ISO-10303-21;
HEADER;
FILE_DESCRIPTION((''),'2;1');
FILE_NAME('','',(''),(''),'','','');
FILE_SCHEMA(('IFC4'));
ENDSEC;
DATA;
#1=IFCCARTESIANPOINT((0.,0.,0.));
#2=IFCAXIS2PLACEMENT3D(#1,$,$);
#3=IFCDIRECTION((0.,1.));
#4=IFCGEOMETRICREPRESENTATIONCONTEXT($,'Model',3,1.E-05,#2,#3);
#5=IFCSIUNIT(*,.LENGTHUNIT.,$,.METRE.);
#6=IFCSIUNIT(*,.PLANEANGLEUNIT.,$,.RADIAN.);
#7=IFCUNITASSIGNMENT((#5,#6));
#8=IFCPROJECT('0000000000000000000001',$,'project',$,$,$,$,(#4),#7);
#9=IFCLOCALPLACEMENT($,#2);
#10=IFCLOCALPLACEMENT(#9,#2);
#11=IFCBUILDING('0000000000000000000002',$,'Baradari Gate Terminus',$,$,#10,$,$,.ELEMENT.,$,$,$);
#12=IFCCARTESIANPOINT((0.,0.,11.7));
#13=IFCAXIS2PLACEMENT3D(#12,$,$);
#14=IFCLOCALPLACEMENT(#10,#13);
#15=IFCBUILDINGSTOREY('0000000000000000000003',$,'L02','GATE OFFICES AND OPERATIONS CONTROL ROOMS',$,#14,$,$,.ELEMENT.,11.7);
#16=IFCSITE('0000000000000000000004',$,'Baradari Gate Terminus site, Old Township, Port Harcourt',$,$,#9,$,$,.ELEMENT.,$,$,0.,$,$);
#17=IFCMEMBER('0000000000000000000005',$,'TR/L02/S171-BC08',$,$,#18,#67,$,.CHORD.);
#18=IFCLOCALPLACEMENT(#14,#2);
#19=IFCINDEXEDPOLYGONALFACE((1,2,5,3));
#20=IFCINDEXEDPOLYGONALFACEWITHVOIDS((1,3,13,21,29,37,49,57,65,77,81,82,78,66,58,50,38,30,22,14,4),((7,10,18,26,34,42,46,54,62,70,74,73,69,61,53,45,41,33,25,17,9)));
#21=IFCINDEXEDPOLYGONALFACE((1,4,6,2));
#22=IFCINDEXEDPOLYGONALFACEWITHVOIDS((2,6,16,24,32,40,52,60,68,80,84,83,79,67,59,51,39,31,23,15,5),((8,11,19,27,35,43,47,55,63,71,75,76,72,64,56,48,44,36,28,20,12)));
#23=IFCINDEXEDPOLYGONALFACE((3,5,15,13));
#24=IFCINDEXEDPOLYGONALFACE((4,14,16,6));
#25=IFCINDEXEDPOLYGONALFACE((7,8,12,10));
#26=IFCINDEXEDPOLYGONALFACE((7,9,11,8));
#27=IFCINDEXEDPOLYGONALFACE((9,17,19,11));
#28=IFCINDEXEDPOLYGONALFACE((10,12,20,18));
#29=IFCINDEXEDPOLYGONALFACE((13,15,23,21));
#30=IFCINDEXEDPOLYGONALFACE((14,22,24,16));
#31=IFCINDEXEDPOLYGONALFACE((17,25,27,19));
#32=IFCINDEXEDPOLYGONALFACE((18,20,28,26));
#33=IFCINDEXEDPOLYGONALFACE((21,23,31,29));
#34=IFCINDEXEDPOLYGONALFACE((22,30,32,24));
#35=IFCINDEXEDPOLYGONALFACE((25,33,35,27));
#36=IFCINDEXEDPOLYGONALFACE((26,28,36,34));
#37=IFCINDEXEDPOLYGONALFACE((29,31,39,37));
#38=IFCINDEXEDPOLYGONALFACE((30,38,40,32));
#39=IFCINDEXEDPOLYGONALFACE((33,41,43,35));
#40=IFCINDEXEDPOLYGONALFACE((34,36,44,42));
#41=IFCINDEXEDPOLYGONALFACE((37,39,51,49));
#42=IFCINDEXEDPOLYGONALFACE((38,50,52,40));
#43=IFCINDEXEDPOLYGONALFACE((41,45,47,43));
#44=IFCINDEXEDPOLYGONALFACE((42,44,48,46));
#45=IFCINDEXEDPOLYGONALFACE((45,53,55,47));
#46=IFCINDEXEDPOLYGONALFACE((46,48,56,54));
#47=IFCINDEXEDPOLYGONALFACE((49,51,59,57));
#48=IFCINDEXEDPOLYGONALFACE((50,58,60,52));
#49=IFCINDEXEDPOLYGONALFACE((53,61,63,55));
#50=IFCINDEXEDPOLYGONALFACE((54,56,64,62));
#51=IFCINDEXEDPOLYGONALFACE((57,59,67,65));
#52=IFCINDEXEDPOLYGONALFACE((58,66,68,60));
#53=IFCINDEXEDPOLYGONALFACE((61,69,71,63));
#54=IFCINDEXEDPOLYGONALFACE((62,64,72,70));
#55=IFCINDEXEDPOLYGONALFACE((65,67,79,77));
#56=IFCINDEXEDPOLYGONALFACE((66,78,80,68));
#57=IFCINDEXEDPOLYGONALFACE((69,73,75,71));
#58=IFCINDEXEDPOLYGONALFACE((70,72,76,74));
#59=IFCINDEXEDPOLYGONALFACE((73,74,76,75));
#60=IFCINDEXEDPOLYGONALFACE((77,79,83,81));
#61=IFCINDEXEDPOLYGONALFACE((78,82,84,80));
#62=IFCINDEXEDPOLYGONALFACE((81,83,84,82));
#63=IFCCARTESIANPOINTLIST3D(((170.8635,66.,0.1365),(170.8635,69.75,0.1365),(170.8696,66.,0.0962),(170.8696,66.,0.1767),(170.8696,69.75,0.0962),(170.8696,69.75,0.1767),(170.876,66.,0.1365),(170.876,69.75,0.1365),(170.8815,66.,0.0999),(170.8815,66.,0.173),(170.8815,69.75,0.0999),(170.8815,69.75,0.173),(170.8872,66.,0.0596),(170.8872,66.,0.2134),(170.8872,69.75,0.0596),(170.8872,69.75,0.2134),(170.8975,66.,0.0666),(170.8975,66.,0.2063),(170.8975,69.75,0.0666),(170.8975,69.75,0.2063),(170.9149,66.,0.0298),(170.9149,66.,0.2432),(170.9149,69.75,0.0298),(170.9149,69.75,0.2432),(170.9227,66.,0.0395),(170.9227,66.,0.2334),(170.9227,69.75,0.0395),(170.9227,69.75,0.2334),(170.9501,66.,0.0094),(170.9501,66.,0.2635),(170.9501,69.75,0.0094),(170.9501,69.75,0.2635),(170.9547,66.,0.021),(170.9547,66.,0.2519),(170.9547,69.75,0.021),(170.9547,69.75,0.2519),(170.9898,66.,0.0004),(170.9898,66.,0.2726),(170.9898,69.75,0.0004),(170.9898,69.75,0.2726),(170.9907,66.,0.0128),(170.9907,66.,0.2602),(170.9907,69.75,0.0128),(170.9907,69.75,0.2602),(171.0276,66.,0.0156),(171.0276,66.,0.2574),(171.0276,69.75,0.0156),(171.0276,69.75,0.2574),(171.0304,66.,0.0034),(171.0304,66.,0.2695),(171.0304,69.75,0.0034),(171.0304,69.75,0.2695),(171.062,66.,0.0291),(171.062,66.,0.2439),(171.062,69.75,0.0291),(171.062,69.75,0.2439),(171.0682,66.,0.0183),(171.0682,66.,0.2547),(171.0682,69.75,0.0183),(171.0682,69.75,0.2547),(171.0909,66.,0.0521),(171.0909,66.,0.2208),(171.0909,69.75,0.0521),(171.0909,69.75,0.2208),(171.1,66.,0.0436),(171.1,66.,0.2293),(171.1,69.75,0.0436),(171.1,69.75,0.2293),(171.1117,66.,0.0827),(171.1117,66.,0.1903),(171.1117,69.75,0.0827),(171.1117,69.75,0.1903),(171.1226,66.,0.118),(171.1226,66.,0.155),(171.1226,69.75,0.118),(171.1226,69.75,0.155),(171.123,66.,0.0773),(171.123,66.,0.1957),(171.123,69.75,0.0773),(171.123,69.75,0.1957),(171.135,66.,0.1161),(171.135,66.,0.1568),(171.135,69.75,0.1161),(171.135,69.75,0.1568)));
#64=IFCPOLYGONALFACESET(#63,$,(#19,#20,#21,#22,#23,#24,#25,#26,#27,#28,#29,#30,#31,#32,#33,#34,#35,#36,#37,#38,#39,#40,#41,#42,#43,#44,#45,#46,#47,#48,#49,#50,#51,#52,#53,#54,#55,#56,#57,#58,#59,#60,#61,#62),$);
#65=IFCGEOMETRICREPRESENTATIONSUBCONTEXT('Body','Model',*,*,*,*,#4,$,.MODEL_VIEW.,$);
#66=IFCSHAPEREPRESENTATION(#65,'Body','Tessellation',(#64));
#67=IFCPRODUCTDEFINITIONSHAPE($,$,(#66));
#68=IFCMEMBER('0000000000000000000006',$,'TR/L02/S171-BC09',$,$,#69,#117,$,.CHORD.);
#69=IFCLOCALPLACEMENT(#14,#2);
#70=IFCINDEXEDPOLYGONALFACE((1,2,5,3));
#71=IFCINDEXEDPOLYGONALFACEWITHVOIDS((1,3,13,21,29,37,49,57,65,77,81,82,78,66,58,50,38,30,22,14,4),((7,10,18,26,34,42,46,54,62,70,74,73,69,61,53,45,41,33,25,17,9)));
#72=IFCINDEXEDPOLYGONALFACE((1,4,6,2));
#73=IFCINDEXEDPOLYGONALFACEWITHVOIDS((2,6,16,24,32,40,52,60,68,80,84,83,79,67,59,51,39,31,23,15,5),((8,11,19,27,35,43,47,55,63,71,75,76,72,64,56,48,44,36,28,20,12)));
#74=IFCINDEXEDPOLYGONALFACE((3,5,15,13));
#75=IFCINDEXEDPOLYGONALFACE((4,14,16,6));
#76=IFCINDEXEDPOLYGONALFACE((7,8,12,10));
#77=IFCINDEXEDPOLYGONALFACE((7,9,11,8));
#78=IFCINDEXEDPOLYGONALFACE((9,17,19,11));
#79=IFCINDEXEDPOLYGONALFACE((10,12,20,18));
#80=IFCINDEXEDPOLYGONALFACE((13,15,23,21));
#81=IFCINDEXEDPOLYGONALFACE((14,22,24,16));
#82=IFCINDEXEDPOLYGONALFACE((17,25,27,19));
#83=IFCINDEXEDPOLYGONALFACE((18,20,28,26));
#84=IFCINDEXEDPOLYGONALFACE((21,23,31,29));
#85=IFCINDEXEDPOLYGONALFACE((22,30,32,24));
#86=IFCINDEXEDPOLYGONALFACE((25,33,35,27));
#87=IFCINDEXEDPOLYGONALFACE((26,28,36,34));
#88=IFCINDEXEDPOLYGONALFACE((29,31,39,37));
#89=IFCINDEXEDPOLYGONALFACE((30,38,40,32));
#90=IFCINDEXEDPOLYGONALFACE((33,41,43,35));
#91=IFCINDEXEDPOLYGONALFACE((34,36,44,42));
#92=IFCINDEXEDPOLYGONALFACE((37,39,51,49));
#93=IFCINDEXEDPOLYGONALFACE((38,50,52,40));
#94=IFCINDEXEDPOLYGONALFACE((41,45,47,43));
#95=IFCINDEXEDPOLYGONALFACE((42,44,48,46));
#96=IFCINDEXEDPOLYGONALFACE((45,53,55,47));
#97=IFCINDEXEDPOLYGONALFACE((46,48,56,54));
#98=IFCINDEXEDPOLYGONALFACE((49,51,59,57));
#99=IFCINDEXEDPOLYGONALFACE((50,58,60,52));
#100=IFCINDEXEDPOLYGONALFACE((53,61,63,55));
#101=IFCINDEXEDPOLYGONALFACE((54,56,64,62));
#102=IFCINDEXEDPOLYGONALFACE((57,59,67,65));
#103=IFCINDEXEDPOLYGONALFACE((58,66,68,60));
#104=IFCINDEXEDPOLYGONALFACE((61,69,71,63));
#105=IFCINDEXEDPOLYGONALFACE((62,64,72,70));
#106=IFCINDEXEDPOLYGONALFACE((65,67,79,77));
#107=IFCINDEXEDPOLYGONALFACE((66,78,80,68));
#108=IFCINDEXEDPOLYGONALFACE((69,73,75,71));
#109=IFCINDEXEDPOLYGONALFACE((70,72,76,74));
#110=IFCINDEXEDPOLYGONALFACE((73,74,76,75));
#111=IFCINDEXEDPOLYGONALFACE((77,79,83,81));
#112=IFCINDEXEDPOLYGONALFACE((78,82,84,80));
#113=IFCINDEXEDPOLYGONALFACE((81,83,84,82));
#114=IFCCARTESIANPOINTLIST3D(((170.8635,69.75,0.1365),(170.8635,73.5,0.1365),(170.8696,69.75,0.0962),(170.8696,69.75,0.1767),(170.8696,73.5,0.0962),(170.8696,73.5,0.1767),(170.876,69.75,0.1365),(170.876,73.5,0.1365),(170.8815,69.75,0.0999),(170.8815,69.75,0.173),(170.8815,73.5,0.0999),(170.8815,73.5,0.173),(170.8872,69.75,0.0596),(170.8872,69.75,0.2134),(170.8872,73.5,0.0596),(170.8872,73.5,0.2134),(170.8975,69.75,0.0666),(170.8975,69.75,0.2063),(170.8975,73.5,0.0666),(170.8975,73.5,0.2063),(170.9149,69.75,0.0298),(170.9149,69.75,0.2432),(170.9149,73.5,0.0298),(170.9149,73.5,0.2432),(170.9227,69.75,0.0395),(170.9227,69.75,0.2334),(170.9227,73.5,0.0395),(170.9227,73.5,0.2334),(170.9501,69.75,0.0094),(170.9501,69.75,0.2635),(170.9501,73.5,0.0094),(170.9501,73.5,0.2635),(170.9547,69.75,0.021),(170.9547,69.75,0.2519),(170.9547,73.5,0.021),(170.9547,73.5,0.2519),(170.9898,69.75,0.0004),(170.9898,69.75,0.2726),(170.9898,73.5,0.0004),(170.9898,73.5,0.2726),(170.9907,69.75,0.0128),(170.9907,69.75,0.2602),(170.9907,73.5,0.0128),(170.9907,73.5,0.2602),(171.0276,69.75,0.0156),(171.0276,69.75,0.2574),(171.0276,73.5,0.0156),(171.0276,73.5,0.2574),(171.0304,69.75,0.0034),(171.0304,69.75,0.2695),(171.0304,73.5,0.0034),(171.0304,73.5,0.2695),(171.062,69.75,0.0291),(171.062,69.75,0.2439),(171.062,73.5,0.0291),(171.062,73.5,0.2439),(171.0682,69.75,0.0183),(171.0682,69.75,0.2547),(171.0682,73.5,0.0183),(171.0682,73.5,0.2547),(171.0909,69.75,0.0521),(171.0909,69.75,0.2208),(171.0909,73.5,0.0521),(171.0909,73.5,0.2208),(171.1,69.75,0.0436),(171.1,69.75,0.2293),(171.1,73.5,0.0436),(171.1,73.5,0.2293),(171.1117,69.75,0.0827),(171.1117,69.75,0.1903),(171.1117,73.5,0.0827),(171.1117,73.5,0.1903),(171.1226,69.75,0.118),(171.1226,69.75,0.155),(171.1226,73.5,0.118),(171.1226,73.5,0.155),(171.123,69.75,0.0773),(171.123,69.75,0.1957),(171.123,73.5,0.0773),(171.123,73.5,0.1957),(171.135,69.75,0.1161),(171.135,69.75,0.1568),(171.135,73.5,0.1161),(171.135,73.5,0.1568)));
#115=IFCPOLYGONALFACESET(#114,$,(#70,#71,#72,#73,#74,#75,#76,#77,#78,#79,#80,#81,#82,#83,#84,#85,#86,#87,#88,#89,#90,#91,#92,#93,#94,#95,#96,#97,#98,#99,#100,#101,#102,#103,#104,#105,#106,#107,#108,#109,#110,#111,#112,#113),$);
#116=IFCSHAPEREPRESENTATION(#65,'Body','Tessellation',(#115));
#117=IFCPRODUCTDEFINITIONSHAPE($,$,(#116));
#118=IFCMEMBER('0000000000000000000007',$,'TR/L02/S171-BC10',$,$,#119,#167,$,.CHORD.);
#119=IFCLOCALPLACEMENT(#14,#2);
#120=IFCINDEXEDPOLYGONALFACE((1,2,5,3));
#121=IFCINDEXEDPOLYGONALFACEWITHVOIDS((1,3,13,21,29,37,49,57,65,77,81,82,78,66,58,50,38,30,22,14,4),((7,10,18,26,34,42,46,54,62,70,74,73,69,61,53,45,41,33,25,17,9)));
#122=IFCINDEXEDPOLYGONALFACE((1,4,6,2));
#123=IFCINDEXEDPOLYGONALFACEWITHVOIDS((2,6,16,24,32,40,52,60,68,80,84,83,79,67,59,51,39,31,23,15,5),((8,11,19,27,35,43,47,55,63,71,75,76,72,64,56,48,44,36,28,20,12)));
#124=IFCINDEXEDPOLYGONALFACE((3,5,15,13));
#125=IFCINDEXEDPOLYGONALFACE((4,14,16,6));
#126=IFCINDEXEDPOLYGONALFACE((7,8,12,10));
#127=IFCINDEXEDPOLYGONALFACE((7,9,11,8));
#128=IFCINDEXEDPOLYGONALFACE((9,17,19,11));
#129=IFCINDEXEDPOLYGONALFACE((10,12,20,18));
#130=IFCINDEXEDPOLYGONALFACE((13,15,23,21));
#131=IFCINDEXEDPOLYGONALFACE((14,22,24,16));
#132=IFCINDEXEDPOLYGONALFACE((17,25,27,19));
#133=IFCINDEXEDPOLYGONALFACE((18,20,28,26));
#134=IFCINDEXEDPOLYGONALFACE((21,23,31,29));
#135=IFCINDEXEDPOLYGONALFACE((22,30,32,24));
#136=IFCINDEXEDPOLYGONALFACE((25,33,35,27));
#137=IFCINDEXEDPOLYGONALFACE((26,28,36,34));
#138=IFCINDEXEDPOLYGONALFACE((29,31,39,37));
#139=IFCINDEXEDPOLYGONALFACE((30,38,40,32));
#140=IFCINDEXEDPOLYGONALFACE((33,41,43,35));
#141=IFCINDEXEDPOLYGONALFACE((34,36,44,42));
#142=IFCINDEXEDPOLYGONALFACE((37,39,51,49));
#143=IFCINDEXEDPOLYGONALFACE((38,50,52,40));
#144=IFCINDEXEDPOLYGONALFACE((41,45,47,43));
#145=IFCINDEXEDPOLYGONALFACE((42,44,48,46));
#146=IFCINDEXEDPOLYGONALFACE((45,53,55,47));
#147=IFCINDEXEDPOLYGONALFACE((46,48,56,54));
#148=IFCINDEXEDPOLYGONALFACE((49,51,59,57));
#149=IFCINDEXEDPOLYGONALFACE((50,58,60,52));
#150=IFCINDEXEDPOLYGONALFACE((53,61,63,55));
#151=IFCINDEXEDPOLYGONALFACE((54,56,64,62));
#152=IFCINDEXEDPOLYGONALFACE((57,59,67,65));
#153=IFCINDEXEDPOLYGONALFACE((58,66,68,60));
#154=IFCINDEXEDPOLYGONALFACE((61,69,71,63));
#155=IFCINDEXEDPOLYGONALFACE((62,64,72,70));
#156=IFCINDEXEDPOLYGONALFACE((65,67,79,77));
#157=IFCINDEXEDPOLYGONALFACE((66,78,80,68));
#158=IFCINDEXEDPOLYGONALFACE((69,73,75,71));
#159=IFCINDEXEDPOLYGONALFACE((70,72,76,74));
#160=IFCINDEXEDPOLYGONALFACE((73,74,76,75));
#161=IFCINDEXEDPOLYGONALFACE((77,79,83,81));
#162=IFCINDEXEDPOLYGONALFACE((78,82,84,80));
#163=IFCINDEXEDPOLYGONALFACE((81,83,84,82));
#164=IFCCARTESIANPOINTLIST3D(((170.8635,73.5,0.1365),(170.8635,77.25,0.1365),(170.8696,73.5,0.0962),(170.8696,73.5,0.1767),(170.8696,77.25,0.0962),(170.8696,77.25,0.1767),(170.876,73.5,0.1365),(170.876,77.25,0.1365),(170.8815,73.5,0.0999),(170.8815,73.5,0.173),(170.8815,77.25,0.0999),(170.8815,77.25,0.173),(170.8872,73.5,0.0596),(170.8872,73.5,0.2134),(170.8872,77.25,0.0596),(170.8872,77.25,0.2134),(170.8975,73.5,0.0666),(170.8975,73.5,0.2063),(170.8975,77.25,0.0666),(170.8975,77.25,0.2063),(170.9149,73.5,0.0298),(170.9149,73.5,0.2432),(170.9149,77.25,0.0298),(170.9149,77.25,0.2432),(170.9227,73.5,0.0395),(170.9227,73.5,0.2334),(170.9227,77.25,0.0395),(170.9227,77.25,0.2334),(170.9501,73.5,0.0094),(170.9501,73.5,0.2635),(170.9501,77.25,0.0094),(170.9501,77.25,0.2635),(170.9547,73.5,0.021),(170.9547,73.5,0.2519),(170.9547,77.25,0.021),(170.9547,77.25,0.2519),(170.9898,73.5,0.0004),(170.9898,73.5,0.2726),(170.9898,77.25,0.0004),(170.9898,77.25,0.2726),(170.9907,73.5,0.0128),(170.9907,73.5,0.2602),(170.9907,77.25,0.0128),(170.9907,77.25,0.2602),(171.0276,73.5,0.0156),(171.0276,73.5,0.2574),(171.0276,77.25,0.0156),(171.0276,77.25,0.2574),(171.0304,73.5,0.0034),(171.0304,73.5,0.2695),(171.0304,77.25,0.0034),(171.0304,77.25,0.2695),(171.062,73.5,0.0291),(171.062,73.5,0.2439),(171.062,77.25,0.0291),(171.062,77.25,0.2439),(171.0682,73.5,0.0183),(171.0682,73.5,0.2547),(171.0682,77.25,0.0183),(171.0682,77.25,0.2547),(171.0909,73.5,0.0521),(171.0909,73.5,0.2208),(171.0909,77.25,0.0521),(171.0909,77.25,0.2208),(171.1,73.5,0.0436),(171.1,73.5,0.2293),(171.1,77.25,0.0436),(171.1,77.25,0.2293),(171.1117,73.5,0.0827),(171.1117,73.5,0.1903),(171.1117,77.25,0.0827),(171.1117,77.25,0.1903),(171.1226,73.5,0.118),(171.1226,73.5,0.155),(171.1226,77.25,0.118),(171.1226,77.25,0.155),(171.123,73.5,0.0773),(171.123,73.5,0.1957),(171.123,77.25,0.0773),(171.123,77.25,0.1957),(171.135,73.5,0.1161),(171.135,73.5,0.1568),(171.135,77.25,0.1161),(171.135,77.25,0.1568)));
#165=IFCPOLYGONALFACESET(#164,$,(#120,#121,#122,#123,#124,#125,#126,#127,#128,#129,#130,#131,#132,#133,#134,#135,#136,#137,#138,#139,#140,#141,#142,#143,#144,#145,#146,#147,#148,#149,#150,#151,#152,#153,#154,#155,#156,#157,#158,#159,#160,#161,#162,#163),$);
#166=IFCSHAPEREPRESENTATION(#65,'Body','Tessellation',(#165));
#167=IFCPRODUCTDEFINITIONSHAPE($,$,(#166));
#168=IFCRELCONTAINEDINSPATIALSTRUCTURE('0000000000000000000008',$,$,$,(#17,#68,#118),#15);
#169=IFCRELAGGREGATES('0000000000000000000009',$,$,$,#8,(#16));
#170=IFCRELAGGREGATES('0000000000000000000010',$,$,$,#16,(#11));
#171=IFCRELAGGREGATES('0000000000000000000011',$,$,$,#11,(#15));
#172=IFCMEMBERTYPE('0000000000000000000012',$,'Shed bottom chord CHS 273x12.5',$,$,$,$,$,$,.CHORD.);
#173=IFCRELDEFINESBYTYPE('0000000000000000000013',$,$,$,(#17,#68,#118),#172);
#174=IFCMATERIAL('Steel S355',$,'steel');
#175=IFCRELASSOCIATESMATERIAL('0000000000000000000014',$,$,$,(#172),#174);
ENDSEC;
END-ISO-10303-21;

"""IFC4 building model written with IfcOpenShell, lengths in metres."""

from ifc_helpers import new_model, si_unit, direction, frame, origin, origin_2d, place, context, subcontext, project, spatial, hollow_circle, extrude, material, material_profile, profile_set, type_object, element, save


model = new_model("IFC4")

# Units and contexts
model_context = context("Model", 3, precision=1e-05, world=origin(), true_north=direction((0.0, 1.0)))
body_context = subcontext(model_context, "Body", "Model", "MODEL_VIEW")
ifc_project = project(units=[si_unit("LENGTHUNIT", "METRE"), si_unit("PLANEANGLEUNIT", "RADIAN")], contexts=[model_context])

# Site, building, storey
site_placement = place(None, origin())
site = spatial("IfcSite", under=ifc_project, at=site_placement, Name="Baradari Gate Terminus site, Old Township, Port Harcourt", CompositionType="ELEMENT", RefElevation=0.0)
building_placement = place(site_placement, origin())
building = spatial("IfcBuilding", under=site, at=building_placement, Name="Baradari Gate Terminus", CompositionType="ELEMENT")
storey_placement = place(building_placement, frame((0.0, 0.0, 11.7)))
storey = spatial("IfcBuildingStorey", under=building, at=storey_placement, Name="L02", Description="GATE OFFICES AND OPERATIONS CONTROL ROOMS", CompositionType="ELEMENT", Elevation=11.7)

# Members
ifc_material_1 = material(Name="Steel S355", Category="steel")
ifc_material_profile_1 = material_profile(ifc_material_1, hollow_circle(Radius=0.1365, WallThickness=0.0125, at=origin_2d()), Name="CHS 273x12.5")
ifc_profile_set_1 = profile_set([ifc_material_profile_1], Name="Steel S355")
member_type_1 = type_object("IfcMemberType", Name="Shed bottom chord CHS 273x12.5", PredefinedType="CHORD", material=ifc_profile_set_1)
for number, where, z_axis, x_axis, name in (
    (1, (171.0, 66.0, 0.1365), (0.0, 1.0, 0.0), (-1.0, 0.0, 0.0), "TR/L02/S171-BC08"),
    (2, (171.0, 69.75, 0.1365), (0.0, 1.0, 0.0), (-1.0, 0.0, 0.0), "TR/L02/S171-BC09"),
    (3, (171.0, 73.5, 0.1365), (0.0, 1.0, 0.0), (-1.0, 0.0, 0.0), "TR/L02/S171-BC10"),
):
    element("IfcMember", number, at=place(storey_placement, frame(where, z_axis=z_axis, x_axis=x_axis)), inside=storey, type_object=member_type_1, Name=name, PredefinedType="CHORD", context=body_context, shape_type="SweptSolid", body=[
        extrude(hollow_circle(Radius=0.1365, WallThickness=0.0125, at=origin_2d()), origin(), (0.0, 0.0, 1.0), 3.75),
    ])

save(model, "model.ifc")
